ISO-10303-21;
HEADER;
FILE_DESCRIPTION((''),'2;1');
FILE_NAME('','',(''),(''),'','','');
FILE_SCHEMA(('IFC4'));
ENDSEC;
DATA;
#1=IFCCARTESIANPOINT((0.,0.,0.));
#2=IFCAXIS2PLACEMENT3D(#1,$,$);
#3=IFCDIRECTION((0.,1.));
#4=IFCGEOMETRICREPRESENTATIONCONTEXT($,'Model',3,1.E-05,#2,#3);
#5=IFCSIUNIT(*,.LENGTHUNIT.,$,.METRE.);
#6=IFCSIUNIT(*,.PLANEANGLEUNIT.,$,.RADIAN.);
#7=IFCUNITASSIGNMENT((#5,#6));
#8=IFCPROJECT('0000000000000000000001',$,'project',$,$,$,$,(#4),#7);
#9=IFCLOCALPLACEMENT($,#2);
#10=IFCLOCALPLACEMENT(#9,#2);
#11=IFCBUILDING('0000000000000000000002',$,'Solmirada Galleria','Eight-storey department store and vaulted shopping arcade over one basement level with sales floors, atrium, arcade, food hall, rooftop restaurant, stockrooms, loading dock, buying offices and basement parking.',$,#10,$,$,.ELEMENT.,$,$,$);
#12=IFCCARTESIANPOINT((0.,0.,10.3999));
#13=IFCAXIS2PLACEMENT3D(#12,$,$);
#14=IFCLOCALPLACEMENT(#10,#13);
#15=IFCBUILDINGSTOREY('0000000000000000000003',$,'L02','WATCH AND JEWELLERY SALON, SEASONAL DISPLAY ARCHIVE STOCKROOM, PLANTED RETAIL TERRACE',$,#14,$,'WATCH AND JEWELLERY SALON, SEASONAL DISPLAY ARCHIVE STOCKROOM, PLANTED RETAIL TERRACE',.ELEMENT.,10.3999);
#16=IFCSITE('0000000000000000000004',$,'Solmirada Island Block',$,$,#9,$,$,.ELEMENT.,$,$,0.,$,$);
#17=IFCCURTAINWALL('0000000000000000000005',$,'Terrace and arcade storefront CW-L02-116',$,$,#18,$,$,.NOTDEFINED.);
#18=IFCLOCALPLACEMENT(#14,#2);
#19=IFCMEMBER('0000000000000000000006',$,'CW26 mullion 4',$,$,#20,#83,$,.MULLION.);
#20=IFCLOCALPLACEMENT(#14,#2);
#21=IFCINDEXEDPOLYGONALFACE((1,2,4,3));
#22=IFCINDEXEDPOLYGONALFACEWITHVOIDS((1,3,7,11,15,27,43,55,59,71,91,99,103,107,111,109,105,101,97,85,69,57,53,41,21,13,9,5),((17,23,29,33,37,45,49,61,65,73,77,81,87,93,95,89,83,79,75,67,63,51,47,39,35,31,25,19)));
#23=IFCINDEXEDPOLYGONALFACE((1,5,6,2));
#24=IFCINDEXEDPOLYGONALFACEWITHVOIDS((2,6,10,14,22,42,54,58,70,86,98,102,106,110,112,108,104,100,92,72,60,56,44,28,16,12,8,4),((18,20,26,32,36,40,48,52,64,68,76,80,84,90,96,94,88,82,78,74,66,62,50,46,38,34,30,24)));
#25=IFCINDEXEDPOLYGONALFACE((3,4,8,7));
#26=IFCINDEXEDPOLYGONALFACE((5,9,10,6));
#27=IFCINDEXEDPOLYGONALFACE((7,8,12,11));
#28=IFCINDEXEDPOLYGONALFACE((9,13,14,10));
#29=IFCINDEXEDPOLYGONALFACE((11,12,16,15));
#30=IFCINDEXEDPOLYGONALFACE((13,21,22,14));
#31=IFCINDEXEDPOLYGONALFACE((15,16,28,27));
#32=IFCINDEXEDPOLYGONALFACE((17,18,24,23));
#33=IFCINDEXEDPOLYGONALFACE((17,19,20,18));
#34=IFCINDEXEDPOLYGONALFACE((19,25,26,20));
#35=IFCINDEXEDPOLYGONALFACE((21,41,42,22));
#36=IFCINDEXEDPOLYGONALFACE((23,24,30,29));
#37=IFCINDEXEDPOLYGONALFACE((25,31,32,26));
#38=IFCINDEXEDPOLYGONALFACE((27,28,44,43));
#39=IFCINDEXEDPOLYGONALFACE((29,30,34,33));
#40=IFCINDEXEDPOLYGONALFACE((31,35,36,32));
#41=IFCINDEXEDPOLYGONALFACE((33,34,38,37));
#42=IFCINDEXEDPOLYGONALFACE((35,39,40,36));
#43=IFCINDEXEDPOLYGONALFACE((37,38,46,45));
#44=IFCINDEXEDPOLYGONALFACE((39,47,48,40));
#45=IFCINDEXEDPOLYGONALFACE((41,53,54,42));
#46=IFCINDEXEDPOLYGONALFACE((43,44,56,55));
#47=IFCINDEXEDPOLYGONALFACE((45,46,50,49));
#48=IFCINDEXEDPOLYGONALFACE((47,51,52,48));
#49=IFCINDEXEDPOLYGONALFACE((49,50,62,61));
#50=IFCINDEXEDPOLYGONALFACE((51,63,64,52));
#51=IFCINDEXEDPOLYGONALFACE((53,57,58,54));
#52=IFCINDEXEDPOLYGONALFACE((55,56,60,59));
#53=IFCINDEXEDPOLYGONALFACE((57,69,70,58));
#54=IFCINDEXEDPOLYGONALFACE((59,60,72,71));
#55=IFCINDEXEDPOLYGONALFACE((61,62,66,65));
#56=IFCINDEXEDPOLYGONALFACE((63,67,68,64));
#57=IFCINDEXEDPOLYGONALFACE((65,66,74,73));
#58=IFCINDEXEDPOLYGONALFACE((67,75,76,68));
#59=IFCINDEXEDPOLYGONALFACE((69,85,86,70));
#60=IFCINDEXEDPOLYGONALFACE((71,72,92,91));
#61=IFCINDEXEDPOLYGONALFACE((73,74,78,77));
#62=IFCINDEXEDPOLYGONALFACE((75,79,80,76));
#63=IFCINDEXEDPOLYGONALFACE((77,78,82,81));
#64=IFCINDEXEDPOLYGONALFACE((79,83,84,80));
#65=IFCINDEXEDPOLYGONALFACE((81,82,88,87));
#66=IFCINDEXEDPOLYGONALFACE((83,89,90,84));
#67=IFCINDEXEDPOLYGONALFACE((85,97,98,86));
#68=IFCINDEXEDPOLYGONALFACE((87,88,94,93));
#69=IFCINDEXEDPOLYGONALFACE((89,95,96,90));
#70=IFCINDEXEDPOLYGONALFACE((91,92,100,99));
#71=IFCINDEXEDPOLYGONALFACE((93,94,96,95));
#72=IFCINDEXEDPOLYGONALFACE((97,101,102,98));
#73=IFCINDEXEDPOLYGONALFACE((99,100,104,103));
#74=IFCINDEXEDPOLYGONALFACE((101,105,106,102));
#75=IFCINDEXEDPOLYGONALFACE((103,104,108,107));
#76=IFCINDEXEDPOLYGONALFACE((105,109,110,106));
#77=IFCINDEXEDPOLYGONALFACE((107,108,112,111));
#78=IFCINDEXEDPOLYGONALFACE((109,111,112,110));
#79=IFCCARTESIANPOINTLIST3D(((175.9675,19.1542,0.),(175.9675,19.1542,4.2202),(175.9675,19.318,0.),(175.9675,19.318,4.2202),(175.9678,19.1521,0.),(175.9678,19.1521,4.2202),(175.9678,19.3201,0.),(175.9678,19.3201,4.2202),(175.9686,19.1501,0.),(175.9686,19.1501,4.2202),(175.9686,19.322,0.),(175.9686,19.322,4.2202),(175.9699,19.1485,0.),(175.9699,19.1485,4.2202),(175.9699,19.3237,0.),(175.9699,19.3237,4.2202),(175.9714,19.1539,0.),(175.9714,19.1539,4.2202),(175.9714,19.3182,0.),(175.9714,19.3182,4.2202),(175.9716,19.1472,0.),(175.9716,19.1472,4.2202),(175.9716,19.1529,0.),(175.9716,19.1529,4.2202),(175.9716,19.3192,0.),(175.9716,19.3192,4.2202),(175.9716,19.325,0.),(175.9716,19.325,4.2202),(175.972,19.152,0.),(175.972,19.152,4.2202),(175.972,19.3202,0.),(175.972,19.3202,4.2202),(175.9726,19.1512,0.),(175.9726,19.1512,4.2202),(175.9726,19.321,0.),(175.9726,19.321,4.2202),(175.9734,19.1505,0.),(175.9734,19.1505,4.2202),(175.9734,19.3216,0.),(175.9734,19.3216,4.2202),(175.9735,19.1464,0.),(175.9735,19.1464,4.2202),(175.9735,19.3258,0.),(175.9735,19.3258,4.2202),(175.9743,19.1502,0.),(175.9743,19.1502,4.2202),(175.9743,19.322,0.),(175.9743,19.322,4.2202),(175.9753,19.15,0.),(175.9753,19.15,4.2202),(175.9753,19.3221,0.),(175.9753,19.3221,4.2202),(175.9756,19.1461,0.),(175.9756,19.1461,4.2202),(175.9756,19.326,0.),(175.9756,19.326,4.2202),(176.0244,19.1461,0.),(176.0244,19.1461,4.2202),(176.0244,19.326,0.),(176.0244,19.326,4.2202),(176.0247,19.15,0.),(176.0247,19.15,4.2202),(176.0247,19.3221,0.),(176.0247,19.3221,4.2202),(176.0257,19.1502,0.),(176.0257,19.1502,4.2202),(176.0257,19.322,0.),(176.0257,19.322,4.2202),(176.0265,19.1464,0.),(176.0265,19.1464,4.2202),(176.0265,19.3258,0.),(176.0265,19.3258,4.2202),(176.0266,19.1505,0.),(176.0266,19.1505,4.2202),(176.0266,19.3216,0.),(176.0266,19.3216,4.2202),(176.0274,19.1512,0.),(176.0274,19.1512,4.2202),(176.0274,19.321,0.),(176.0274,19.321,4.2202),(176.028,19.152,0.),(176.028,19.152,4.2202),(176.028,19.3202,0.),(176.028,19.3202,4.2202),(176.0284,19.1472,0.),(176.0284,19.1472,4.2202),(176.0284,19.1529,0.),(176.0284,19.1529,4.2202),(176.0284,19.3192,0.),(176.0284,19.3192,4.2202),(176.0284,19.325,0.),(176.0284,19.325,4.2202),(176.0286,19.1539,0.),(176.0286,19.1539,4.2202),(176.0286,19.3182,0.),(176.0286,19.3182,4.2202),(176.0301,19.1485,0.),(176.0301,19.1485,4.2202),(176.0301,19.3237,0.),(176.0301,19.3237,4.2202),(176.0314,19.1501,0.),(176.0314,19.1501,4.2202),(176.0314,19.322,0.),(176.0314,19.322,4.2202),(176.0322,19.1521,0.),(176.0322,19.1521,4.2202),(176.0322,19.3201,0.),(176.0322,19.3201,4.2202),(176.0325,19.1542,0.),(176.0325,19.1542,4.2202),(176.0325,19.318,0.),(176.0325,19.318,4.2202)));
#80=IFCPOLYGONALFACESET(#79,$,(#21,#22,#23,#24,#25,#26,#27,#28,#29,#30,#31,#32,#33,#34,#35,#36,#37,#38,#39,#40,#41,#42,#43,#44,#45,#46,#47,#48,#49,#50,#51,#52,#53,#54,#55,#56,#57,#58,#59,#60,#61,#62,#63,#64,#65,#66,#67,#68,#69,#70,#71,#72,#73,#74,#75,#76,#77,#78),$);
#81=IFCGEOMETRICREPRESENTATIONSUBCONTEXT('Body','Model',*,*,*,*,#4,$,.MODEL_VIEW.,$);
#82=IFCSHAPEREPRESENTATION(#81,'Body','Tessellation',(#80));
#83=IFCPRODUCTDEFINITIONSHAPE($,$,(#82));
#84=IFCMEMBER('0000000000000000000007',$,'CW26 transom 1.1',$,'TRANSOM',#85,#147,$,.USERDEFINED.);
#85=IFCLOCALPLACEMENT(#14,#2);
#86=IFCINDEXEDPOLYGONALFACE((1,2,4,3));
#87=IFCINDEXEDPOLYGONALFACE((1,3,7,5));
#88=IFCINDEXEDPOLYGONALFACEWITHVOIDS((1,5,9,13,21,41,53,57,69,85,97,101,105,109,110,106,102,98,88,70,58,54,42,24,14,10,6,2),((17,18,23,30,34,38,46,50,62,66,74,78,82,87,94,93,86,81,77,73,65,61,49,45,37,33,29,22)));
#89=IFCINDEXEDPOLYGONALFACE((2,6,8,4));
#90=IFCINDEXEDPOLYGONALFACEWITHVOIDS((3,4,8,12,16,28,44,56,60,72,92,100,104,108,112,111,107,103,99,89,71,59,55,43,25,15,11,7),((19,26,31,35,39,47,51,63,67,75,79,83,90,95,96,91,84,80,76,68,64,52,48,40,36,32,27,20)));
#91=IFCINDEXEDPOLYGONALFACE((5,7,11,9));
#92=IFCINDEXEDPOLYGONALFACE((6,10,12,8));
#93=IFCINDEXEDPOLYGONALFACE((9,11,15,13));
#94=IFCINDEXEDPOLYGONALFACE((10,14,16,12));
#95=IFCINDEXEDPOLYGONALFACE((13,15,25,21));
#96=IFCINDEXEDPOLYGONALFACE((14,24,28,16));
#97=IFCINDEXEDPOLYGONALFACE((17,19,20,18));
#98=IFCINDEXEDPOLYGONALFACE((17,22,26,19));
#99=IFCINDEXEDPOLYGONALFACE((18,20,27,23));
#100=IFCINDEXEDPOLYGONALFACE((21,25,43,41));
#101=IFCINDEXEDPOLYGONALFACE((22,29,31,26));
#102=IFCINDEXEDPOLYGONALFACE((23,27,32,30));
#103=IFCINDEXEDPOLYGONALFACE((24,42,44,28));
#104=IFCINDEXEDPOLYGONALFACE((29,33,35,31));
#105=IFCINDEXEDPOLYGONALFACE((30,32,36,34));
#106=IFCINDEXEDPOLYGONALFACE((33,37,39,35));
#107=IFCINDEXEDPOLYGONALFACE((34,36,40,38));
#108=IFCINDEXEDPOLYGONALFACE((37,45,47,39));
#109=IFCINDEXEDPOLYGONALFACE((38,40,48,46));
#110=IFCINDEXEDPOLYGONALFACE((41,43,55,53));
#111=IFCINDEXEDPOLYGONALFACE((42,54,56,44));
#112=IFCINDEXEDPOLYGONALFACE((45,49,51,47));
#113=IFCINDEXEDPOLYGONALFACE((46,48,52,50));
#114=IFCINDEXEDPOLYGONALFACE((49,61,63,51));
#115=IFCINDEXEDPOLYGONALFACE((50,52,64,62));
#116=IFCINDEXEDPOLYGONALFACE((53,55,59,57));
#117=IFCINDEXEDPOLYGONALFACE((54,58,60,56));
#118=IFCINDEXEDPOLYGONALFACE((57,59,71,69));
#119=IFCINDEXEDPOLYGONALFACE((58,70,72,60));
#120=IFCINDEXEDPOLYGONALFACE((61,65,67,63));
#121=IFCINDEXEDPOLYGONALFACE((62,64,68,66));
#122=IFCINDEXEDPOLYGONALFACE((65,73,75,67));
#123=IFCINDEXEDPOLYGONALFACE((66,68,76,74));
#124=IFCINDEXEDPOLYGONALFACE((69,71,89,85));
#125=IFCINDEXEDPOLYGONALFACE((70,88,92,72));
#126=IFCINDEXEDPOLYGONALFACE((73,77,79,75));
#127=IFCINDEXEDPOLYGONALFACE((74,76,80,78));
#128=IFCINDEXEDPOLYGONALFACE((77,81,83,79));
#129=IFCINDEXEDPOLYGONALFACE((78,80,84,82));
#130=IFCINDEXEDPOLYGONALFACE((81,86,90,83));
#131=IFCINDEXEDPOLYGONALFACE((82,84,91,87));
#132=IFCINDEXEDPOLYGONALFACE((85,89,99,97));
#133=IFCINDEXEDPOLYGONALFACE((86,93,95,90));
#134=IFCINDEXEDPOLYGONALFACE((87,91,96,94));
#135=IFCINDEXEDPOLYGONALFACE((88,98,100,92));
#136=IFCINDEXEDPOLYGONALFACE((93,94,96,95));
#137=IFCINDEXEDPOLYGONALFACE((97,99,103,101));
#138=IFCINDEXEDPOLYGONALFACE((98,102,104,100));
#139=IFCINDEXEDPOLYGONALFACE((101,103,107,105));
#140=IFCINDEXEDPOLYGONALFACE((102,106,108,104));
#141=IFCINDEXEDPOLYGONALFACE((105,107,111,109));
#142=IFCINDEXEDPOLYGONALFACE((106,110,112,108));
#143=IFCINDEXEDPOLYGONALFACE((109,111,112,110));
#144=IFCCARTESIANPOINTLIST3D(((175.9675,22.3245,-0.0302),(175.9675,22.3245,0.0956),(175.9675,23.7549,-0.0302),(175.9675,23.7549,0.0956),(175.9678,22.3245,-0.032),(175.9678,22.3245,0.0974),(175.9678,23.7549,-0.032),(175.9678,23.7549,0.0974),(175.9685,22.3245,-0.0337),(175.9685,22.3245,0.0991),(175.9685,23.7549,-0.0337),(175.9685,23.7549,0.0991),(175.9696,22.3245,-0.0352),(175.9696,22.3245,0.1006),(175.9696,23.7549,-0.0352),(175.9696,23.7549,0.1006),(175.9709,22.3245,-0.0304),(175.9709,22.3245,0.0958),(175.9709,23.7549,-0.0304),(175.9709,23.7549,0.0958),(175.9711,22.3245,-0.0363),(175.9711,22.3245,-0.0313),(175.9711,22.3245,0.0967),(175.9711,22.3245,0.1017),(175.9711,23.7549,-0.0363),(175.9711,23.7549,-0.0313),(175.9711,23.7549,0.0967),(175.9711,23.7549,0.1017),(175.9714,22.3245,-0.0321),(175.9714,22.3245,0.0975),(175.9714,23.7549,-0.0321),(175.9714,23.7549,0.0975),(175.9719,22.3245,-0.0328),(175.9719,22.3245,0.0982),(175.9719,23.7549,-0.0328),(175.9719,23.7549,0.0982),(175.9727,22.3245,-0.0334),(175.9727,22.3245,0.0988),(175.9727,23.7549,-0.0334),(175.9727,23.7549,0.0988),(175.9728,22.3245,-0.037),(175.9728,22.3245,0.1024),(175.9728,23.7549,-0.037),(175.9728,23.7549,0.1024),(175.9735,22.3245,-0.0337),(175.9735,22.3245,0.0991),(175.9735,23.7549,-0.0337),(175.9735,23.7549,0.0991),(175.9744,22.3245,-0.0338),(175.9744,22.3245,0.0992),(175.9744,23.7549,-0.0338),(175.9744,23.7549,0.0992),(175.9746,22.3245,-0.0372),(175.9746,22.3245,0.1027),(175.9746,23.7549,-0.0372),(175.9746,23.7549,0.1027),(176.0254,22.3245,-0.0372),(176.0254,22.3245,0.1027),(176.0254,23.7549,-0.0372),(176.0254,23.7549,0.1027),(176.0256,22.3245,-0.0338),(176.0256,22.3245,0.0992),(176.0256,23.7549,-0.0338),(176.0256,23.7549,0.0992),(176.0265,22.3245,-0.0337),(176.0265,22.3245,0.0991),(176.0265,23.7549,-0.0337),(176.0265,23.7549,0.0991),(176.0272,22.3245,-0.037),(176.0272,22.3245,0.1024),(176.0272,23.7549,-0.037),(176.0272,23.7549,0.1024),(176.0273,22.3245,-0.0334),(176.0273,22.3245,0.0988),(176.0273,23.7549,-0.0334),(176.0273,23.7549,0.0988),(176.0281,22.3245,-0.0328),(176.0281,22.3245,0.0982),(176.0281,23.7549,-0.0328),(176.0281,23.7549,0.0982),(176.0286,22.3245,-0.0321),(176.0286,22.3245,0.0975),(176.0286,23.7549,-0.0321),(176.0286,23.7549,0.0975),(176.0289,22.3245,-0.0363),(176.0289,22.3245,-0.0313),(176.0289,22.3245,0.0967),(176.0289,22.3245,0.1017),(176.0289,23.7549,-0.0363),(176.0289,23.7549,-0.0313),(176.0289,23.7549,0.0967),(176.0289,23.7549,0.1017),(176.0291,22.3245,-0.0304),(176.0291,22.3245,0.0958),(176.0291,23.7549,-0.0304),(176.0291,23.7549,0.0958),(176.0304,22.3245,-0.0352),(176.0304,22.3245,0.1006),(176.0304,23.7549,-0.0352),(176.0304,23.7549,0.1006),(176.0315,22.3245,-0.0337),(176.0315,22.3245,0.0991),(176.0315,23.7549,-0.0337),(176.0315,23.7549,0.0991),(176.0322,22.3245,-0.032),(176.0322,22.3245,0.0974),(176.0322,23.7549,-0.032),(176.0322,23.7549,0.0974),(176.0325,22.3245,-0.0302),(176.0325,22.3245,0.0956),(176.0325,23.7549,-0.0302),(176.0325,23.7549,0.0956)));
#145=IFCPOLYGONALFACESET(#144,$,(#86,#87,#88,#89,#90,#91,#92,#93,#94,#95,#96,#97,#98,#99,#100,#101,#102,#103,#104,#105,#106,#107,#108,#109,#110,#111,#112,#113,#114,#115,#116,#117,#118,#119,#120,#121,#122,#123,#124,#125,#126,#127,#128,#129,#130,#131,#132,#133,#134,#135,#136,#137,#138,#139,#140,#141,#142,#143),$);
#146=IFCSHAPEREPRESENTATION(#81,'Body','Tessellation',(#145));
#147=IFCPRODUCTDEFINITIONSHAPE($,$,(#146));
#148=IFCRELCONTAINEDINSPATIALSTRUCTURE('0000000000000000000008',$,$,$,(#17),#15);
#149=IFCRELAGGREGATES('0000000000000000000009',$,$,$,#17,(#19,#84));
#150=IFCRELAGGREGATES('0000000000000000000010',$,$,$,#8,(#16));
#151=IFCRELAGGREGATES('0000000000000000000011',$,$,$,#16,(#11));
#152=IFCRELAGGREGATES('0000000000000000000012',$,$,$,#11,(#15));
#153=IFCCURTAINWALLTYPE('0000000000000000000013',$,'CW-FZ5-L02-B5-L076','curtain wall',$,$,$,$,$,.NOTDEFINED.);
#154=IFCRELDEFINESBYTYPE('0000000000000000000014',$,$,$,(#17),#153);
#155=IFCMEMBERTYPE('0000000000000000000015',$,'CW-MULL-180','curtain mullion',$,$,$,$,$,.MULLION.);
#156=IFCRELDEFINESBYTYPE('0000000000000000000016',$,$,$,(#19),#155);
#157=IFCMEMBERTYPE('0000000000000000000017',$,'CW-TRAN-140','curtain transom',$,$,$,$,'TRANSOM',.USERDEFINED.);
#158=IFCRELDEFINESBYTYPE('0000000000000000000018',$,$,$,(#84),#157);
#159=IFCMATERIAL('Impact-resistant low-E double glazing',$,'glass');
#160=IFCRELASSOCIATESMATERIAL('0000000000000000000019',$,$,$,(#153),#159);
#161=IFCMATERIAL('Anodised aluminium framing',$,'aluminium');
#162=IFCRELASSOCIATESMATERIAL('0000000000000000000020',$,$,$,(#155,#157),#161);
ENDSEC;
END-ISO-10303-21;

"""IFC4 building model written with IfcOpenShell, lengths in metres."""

from ifc_helpers import new_model, si_unit, direction, frame, origin, origin_2d, place, context, subcontext, project, spatial, hollow_rectangle, extrude, material, material_profile, profile_set, type_object, element, aggregate, save


model = new_model("IFC4")

# Units and contexts
model_context = context("Model", 3, precision=1e-05, world=origin(), true_north=direction((0.0, 1.0)))
body_context = subcontext(model_context, "Body", "Model", "MODEL_VIEW")
ifc_project = project(units=[si_unit("LENGTHUNIT", "METRE"), si_unit("PLANEANGLEUNIT", "RADIAN")], contexts=[model_context])

# Site, building, storey
site_placement = place(None, origin())
site = spatial("IfcSite", under=ifc_project, at=site_placement, Name="Solmirada Island Block", CompositionType="ELEMENT", RefElevation=0.0)
building_placement = place(site_placement, origin())
building = spatial("IfcBuilding", under=site, at=building_placement, Name="Solmirada Galleria", Description="Eight-storey department store and vaulted shopping arcade over one basement level with sales floors, atrium, arcade, food hall, rooftop restaurant, stockrooms, loading dock, buying offices and basement parking.", CompositionType="ELEMENT")
storey_placement = place(building_placement, frame((0.0, 0.0, 10.3999)))
storey = spatial("IfcBuildingStorey", under=building, at=storey_placement, Name="L02", Description="WATCH AND JEWELLERY SALON, SEASONAL DISPLAY ARCHIVE STOCKROOM, PLANTED RETAIL TERRACE", LongName="WATCH AND JEWELLERY SALON, SEASONAL DISPLAY ARCHIVE STOCKROOM, PLANTED RETAIL TERRACE", CompositionType="ELEMENT", Elevation=10.3999)

# Curtain wall, members
ifc_material_1 = material(Name="Impact-resistant low-E double glazing", Category="glass")
curtain_wall_type = type_object("IfcCurtainWallType", Name="CW-FZ5-L02-B5-L076", Description="curtain wall", PredefinedType="NOTDEFINED", material=ifc_material_1)
curtain_wall_placement = place(storey_placement, origin())
curtain_wall = element("IfcCurtainWall", 1, at=curtain_wall_placement, inside=storey, type_object=curtain_wall_type, Name="Terrace and arcade storefront CW-L02-116", PredefinedType="NOTDEFINED")
ifc_material_2 = material(Name="Anodised aluminium framing", Category="aluminium")
ifc_material_profile_1 = material_profile(ifc_material_2, hollow_rectangle(XDim=0.0649, YDim=0.1799, WallThickness=0.0039, InnerFilletRadius=0.0039, OuterFilletRadius=0.0081, at=origin_2d()), Name="ALU-MULL-180X65")
ifc_profile_set_1 = profile_set([ifc_material_profile_1], Name="Anodised aluminium framing")
member_type_1 = type_object("IfcMemberType", Name="CW-MULL-180", Description="curtain mullion", PredefinedType="MULLION", material=ifc_profile_set_1)
member_1_placement = place(storey_placement, frame((176.0, 19.2361, 0.0), z_axis=(0.0, 0.0, 1.0), x_axis=(1.0, 0.0, 0.0)))
member_1 = element("IfcMember", 2, at=member_1_placement, type_object=member_type_1, Name="CW26 mullion 4", PredefinedType="MULLION", context=body_context, shape_type="SweptSolid", body=[
    extrude(hollow_rectangle(XDim=0.0649, YDim=0.1799, WallThickness=0.0039, InnerFilletRadius=0.0039, OuterFilletRadius=0.0081, at=origin_2d()), origin(), (0.0, 0.0, 1.0), 4.2202),
])
ifc_material_profile_2 = material_profile(ifc_material_2, hollow_rectangle(XDim=0.0649, YDim=0.1399, WallThickness=0.0034, InnerFilletRadius=0.0034, OuterFilletRadius=0.0071, at=origin_2d()), Name="ALU-TRAN-140X65")
ifc_profile_set_2 = profile_set([ifc_material_profile_2], Name="Anodised aluminium framing")
member_type_2 = type_object("IfcMemberType", Name="CW-TRAN-140", Description="curtain transom", ElementType="TRANSOM", PredefinedType="USERDEFINED", material=ifc_profile_set_2)
member_2_placement = place(storey_placement, frame((176.0, 23.7549, 0.0327), z_axis=(0.0, -1.0, 0.0), x_axis=(1.0, 0.0, 0.0)))
member_2 = element("IfcMember", 3, at=member_2_placement, type_object=member_type_2, Name="CW26 transom 1.1", ObjectType="TRANSOM", PredefinedType="USERDEFINED", context=body_context, shape_type="SweptSolid", body=[
    extrude(hollow_rectangle(XDim=0.0649, YDim=0.1399, WallThickness=0.0034, InnerFilletRadius=0.0034, OuterFilletRadius=0.0071, at=origin_2d()), origin(), (0.0, 0.0, 1.0), 1.4304),
])
aggregate(curtain_wall, [member_1, member_2])

save(model, "model.ifc")
